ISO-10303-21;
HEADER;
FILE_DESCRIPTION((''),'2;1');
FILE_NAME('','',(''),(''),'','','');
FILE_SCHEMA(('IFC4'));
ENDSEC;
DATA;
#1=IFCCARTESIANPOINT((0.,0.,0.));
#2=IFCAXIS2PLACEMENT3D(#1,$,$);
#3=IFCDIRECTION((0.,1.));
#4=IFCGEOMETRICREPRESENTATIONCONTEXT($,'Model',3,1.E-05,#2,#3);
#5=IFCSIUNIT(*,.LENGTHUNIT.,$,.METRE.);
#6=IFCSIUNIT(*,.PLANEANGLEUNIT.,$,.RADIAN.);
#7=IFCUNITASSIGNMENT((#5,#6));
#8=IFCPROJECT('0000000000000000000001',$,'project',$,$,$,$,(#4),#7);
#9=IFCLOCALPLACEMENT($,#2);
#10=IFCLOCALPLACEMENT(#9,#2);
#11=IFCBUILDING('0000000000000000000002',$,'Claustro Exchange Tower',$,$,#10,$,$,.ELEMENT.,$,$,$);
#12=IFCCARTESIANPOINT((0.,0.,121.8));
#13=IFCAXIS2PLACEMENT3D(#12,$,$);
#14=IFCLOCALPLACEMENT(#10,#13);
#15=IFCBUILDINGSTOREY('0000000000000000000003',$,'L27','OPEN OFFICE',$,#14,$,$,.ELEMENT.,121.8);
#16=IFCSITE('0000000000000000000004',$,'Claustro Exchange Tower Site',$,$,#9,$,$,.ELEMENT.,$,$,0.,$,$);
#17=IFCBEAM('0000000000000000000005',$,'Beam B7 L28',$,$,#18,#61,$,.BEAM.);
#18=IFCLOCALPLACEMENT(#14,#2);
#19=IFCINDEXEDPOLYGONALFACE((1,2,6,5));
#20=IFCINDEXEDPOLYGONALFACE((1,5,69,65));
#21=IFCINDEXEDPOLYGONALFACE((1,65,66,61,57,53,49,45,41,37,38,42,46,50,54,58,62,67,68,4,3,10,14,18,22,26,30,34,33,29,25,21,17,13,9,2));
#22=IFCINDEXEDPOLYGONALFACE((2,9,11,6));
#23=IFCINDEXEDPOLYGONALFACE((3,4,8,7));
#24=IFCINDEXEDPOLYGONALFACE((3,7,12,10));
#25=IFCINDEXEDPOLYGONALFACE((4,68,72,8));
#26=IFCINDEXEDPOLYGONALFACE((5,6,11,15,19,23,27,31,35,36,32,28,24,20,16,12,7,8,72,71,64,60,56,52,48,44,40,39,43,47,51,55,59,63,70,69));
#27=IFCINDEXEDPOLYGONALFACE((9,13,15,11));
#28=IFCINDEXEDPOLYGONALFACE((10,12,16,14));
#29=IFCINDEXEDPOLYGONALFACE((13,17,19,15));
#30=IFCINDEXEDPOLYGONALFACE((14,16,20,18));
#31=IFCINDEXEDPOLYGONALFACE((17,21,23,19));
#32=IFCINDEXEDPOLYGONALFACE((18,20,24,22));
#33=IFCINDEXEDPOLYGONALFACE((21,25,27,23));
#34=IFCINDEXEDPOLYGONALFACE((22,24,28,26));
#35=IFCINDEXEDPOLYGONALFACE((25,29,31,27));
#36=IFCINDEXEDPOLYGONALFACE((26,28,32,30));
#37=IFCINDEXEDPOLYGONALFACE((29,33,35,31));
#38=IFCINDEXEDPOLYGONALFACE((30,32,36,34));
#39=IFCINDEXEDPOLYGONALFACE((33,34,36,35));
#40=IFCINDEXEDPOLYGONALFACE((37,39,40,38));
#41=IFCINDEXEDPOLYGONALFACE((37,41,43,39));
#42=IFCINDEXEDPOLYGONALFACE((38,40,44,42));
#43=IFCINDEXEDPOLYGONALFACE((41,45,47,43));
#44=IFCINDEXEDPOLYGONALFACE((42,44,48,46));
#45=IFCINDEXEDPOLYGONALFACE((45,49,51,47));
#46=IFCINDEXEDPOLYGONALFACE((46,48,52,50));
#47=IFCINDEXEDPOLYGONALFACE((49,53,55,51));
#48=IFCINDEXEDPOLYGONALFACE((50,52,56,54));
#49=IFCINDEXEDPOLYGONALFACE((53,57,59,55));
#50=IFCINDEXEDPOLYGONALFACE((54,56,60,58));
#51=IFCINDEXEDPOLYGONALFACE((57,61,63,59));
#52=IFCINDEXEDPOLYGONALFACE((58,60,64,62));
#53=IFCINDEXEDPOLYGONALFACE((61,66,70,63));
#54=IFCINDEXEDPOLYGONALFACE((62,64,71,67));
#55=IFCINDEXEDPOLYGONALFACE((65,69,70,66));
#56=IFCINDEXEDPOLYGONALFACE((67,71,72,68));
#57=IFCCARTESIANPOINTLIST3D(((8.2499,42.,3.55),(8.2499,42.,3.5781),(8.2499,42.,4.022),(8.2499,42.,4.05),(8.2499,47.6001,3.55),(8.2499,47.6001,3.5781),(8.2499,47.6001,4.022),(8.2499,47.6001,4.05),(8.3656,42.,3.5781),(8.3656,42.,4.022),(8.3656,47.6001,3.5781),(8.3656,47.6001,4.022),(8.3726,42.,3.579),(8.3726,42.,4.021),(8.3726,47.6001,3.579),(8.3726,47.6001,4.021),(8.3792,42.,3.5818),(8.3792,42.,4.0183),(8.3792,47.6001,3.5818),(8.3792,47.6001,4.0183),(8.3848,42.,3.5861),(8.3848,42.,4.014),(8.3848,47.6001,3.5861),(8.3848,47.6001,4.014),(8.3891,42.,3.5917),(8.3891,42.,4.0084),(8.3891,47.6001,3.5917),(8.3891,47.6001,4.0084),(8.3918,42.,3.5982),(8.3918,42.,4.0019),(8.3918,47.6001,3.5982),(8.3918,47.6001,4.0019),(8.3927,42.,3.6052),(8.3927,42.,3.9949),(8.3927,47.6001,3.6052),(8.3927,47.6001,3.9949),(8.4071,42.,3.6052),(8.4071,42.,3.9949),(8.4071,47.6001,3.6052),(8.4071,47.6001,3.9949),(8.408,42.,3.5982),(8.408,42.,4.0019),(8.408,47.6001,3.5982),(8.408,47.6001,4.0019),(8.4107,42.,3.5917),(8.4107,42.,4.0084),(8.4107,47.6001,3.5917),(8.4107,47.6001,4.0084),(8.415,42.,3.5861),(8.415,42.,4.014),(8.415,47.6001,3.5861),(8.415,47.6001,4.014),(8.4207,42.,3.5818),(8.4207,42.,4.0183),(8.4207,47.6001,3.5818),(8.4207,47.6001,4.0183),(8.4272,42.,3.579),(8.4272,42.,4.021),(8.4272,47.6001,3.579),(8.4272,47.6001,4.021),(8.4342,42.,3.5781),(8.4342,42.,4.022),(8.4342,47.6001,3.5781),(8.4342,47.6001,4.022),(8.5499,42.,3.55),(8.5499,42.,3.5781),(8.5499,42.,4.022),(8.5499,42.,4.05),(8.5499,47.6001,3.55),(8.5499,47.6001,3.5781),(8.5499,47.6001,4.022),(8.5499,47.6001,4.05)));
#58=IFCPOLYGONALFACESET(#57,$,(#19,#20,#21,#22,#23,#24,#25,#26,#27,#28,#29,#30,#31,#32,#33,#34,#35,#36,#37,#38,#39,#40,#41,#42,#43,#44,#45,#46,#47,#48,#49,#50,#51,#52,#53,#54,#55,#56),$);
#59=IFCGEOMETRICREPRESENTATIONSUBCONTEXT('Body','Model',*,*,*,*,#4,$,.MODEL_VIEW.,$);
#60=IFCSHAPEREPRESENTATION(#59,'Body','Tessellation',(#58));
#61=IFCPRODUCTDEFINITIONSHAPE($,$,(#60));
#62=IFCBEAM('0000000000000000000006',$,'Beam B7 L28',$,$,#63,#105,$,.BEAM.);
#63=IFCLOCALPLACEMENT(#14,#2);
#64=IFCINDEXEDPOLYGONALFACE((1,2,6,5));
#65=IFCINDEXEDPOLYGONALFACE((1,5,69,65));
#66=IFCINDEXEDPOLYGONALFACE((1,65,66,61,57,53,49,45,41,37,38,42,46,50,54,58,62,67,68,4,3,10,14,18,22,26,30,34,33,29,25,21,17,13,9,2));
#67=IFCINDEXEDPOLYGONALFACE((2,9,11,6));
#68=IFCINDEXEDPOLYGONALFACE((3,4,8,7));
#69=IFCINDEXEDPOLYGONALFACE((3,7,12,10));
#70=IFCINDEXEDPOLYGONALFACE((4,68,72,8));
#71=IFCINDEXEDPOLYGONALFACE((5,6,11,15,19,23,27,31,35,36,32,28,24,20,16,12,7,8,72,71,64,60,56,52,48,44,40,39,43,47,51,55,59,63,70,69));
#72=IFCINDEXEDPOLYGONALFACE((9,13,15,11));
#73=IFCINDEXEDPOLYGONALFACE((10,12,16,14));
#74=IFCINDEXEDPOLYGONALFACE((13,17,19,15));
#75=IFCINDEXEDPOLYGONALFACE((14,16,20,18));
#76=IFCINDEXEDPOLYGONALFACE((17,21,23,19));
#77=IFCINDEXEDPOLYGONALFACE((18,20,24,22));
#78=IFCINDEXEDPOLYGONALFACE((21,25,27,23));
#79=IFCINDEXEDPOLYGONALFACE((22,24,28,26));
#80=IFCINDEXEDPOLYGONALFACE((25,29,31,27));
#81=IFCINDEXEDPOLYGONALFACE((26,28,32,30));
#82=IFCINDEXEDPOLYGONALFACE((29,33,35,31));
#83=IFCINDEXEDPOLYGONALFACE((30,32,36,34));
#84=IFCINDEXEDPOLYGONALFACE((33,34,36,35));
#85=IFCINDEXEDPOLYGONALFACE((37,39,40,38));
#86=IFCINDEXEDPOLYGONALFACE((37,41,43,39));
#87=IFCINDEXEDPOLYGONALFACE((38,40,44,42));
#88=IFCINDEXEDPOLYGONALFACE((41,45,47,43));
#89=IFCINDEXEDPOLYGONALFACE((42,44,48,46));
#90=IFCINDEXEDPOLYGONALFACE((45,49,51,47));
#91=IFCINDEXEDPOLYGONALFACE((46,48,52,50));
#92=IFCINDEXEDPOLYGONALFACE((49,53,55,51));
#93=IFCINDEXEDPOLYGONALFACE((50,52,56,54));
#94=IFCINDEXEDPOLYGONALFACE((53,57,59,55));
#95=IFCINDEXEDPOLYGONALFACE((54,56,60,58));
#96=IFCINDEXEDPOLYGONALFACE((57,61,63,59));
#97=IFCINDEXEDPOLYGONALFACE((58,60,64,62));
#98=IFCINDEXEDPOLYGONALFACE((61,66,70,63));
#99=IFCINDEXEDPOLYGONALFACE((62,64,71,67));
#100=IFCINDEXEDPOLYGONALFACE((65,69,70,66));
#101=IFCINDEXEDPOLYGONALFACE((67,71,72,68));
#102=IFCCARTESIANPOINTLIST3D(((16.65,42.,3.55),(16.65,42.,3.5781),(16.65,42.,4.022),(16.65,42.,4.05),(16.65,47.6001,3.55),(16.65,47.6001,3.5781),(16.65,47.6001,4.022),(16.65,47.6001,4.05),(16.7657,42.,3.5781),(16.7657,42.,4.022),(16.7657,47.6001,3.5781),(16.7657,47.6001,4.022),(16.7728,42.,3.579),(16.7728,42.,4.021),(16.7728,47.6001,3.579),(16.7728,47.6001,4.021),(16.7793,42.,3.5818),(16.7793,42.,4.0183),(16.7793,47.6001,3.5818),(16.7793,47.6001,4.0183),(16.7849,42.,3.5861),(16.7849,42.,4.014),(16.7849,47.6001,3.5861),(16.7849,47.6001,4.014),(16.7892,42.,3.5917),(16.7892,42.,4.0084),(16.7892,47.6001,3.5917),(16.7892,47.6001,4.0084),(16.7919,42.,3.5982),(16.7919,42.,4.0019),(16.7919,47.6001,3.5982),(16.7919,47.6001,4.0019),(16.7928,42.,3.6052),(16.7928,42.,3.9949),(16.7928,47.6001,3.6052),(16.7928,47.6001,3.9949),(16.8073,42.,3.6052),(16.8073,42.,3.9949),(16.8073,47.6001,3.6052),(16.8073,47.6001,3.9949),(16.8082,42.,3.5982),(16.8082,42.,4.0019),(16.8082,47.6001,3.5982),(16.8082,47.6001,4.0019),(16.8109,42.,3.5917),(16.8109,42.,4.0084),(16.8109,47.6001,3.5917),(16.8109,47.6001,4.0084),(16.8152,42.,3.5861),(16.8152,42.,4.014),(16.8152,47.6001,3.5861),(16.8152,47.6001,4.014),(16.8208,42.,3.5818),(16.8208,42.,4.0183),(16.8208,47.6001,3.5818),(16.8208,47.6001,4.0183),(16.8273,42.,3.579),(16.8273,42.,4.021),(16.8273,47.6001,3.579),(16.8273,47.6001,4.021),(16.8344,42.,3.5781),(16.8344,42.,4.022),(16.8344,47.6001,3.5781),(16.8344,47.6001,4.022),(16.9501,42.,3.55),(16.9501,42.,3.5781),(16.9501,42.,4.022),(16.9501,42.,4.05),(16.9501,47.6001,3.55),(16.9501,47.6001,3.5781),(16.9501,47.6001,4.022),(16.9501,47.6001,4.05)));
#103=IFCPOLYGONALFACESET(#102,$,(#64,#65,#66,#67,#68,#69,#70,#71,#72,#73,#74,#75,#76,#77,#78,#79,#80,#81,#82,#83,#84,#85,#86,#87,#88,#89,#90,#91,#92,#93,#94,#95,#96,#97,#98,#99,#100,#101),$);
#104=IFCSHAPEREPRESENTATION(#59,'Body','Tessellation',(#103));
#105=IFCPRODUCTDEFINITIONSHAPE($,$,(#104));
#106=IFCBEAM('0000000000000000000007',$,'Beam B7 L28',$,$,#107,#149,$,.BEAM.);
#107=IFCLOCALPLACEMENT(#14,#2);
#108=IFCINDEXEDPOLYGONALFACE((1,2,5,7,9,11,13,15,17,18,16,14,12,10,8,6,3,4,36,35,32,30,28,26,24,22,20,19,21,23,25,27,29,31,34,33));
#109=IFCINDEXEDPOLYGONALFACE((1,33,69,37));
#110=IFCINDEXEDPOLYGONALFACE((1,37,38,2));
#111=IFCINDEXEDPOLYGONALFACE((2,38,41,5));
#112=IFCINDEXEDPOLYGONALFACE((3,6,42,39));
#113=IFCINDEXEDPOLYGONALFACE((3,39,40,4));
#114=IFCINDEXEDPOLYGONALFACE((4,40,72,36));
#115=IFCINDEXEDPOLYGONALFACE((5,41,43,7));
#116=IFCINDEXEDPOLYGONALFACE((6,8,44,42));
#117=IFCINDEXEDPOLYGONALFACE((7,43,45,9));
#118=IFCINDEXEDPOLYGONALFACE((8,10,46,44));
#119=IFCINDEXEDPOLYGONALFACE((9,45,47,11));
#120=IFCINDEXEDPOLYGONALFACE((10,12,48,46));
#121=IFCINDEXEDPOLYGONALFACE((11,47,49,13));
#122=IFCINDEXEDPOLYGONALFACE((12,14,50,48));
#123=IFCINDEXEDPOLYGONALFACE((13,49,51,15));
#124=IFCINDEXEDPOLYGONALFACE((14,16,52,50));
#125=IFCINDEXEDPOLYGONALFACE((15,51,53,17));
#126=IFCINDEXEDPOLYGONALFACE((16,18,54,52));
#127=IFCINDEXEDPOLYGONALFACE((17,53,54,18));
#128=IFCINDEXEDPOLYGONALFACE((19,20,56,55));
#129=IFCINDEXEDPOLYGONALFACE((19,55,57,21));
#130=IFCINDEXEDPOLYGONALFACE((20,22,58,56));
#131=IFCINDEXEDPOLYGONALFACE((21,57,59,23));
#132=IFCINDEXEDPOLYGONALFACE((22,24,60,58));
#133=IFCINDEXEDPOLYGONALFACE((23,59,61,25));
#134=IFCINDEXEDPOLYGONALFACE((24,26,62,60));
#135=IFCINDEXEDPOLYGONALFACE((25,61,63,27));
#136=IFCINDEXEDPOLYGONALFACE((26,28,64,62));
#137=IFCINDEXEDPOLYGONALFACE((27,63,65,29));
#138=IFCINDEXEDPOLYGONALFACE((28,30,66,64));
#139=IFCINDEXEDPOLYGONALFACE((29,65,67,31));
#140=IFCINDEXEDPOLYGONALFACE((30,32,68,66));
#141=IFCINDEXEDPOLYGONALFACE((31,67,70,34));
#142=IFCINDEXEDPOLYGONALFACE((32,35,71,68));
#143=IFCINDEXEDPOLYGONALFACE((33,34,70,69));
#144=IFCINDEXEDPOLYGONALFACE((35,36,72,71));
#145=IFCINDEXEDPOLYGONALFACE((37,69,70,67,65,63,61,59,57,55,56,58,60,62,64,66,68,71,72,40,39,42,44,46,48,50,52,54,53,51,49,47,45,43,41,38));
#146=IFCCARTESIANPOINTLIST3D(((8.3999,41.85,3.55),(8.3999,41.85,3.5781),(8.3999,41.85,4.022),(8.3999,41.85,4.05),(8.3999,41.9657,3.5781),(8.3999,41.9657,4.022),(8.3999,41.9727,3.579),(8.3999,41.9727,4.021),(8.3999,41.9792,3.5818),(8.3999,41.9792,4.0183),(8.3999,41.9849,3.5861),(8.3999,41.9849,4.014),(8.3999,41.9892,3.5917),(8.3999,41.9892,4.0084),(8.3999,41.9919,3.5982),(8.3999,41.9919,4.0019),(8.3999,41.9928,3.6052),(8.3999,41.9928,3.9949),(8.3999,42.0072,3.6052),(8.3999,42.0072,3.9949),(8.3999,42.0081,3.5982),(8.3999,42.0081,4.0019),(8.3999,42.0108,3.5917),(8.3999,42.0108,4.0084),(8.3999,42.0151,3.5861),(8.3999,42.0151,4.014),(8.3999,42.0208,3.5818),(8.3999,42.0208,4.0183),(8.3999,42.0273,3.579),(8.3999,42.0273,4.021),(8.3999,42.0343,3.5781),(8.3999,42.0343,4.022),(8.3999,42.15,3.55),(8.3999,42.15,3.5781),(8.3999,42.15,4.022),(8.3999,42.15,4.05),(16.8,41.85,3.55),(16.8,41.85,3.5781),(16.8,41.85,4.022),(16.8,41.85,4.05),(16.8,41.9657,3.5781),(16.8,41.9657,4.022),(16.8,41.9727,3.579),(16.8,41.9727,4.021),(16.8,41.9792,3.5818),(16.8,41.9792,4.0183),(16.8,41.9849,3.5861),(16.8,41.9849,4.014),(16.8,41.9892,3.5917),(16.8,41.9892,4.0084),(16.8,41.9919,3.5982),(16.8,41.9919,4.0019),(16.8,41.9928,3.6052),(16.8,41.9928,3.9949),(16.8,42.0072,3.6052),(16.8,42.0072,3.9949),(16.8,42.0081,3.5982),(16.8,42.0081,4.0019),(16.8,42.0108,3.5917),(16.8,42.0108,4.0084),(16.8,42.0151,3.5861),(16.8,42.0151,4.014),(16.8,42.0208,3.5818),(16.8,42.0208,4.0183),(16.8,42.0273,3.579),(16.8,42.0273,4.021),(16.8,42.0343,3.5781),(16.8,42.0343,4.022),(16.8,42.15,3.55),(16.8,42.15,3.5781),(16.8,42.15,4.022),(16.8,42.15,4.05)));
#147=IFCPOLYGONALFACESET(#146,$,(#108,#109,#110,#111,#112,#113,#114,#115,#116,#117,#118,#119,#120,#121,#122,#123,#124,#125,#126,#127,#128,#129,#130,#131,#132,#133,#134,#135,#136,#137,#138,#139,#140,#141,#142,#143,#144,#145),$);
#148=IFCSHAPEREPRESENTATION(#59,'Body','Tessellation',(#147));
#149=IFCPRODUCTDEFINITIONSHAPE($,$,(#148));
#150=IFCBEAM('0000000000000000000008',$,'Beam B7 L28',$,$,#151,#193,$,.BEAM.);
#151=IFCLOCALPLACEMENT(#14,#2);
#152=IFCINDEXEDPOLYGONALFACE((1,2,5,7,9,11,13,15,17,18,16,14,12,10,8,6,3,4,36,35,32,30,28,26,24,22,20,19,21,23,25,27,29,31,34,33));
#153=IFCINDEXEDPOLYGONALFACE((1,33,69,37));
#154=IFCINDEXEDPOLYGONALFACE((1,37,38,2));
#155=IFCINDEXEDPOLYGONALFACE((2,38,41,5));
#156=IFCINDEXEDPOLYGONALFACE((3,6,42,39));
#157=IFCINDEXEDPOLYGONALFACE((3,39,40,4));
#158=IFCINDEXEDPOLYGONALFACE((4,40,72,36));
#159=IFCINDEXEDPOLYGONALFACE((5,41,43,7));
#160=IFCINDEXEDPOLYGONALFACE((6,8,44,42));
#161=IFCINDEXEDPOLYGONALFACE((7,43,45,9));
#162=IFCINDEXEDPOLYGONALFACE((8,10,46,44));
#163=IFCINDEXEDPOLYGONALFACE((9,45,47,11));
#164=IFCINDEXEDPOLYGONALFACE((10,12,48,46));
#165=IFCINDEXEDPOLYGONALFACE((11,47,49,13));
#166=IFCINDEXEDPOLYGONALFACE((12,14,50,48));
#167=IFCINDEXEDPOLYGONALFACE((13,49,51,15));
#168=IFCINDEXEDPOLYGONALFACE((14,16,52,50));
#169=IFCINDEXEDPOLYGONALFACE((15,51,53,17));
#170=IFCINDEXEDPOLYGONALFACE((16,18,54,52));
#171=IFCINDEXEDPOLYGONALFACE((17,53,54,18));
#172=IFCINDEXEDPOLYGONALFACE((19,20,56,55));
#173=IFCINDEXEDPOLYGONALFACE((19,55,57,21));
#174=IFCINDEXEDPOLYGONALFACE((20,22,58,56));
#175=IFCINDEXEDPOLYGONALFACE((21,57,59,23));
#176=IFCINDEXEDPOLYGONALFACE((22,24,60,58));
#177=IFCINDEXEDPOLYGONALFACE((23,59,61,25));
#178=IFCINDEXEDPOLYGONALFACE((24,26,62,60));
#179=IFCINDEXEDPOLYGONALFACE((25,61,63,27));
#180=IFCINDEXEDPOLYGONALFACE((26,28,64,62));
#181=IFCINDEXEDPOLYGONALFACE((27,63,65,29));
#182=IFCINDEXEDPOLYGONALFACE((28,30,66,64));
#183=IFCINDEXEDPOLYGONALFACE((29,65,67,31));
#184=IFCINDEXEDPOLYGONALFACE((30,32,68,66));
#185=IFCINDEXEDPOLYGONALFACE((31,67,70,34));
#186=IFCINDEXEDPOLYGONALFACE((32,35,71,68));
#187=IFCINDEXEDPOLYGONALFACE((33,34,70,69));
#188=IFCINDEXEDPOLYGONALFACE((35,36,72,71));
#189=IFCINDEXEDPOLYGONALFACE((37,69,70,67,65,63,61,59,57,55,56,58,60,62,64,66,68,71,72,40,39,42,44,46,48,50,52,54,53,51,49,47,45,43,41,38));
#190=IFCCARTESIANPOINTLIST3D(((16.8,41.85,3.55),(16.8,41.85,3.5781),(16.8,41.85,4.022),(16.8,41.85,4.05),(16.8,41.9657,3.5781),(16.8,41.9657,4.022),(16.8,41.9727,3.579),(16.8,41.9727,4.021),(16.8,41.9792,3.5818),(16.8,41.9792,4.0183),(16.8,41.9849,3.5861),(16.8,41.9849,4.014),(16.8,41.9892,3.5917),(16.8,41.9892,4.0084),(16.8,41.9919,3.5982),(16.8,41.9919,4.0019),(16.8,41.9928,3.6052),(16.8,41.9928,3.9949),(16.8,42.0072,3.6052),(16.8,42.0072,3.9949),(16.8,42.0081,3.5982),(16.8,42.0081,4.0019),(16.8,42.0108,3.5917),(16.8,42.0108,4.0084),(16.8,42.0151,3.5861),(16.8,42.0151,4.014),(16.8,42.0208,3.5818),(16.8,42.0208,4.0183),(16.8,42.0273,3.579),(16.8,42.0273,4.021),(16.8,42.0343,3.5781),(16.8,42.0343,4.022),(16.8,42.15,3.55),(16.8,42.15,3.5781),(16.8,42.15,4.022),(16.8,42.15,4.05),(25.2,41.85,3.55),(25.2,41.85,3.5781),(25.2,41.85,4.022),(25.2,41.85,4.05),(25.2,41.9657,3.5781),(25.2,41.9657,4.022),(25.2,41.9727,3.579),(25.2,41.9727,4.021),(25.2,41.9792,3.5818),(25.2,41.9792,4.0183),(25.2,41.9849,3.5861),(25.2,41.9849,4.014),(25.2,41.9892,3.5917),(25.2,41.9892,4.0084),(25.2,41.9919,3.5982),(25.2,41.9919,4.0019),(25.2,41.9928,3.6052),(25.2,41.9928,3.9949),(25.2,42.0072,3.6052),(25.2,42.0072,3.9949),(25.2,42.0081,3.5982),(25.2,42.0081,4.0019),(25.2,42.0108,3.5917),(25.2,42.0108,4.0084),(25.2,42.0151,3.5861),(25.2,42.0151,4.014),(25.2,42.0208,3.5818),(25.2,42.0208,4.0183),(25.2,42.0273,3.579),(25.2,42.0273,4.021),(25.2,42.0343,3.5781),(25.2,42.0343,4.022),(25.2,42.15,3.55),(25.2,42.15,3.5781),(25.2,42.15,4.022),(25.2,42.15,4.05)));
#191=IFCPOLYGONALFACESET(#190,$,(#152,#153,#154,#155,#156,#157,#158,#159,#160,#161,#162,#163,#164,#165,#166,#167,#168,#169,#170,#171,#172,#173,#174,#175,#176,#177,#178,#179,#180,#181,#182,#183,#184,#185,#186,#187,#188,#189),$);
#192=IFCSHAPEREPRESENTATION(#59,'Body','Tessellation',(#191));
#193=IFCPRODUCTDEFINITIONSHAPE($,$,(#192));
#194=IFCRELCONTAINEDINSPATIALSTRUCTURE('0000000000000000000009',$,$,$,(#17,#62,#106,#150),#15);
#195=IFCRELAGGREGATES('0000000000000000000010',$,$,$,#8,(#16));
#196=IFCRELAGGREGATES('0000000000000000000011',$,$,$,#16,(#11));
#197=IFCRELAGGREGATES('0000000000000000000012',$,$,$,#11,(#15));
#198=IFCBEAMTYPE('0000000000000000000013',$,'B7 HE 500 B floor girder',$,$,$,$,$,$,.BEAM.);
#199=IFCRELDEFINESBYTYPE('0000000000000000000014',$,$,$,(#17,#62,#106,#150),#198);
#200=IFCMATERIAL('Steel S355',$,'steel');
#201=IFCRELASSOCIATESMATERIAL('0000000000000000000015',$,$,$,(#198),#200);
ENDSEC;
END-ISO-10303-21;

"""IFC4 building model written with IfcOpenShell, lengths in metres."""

from ifc_helpers import new_model, si_unit, direction, frame, origin, origin_2d, place, context, subcontext, project, spatial, i_section, extrude, material, material_profile, profile_set, type_object, element, save


model = new_model("IFC4")

# Units and contexts
model_context = context("Model", 3, precision=1e-05, world=origin(), true_north=direction((0.0, 1.0)))
body_context = subcontext(model_context, "Body", "Model", "MODEL_VIEW")
ifc_project = project(units=[si_unit("LENGTHUNIT", "METRE"), si_unit("PLANEANGLEUNIT", "RADIAN")], contexts=[model_context])

# Site, building, storey
site_placement = place(None, origin())
site = spatial("IfcSite", under=ifc_project, at=site_placement, Name="Claustro Exchange Tower Site", CompositionType="ELEMENT", RefElevation=0.0)
building_placement = place(site_placement, origin())
building = spatial("IfcBuilding", under=site, at=building_placement, Name="Claustro Exchange Tower", CompositionType="ELEMENT")
storey_placement = place(building_placement, frame((0.0, 0.0, 121.8)))
storey = spatial("IfcBuildingStorey", under=building, at=storey_placement, Name="L27", Description="OPEN OFFICE", CompositionType="ELEMENT", Elevation=121.8)

# Beams
ifc_material_1 = material(Name="Steel S355", Category="steel")
ifc_material_profile_1 = material_profile(ifc_material_1, i_section(OverallWidth=0.3, OverallDepth=0.5, WebThickness=0.0144, FlangeThickness=0.0281, FilletRadius=0.0271, at=origin_2d()), Name="HE 500 B")
ifc_profile_set_1 = profile_set([ifc_material_profile_1], Name="Steel S355")
beam_type_1 = type_object("IfcBeamType", Name="B7 HE 500 B floor girder", PredefinedType="BEAM", material=ifc_profile_set_1)
for number, where, z_axis, x_axis, name in (
    (1, (8.3999, 42.0, 3.8), (0.0, 1.0, 0.0), (-1.0, 0.0, 0.0), "Beam B7 L28"),
    (2, (16.8, 42.0, 3.8), (0.0, 1.0, 0.0), (-1.0, 0.0, 0.0), "Beam B7 L28"),
):
    element("IfcBeam", number, at=place(storey_placement, frame(where, z_axis=z_axis, x_axis=x_axis)), inside=storey, type_object=beam_type_1, Name=name, PredefinedType="BEAM", context=body_context, shape_type="SweptSolid", body=[
        extrude(i_section(OverallWidth=0.3, OverallDepth=0.5, WebThickness=0.0144, FlangeThickness=0.0281, FilletRadius=0.0271, at=origin_2d()), origin(), (0.0, 0.0, 1.0), 5.6001),
    ])
beam_1_placement = place(storey_placement, frame((8.3999, 42.0, 3.8), z_axis=(1.0, 0.0, 0.0), x_axis=(0.0, 1.0, 0.0)))
element("IfcBeam", 3, at=beam_1_placement, inside=storey, type_object=beam_type_1, Name="Beam B7 L28", PredefinedType="BEAM", context=body_context, shape_type="SweptSolid", body=[
    extrude(i_section(OverallWidth=0.3, OverallDepth=0.5, WebThickness=0.0144, FlangeThickness=0.0281, FilletRadius=0.0271, at=origin_2d()), origin(), (0.0, 0.0, 1.0), 8.4001),
])
beam_2_placement = place(storey_placement, frame((16.8, 42.0, 3.8), z_axis=(1.0, 0.0, 0.0), x_axis=(0.0, 1.0, 0.0)))
element("IfcBeam", 4, at=beam_2_placement, inside=storey, type_object=beam_type_1, Name="Beam B7 L28", PredefinedType="BEAM", context=body_context, shape_type="SweptSolid", body=[
    extrude(i_section(OverallWidth=0.3, OverallDepth=0.5, WebThickness=0.0144, FlangeThickness=0.0281, FilletRadius=0.0271, at=origin_2d()), origin(), (0.0, 0.0, 1.0), 8.3999),
])

save(model, "model.ifc")
